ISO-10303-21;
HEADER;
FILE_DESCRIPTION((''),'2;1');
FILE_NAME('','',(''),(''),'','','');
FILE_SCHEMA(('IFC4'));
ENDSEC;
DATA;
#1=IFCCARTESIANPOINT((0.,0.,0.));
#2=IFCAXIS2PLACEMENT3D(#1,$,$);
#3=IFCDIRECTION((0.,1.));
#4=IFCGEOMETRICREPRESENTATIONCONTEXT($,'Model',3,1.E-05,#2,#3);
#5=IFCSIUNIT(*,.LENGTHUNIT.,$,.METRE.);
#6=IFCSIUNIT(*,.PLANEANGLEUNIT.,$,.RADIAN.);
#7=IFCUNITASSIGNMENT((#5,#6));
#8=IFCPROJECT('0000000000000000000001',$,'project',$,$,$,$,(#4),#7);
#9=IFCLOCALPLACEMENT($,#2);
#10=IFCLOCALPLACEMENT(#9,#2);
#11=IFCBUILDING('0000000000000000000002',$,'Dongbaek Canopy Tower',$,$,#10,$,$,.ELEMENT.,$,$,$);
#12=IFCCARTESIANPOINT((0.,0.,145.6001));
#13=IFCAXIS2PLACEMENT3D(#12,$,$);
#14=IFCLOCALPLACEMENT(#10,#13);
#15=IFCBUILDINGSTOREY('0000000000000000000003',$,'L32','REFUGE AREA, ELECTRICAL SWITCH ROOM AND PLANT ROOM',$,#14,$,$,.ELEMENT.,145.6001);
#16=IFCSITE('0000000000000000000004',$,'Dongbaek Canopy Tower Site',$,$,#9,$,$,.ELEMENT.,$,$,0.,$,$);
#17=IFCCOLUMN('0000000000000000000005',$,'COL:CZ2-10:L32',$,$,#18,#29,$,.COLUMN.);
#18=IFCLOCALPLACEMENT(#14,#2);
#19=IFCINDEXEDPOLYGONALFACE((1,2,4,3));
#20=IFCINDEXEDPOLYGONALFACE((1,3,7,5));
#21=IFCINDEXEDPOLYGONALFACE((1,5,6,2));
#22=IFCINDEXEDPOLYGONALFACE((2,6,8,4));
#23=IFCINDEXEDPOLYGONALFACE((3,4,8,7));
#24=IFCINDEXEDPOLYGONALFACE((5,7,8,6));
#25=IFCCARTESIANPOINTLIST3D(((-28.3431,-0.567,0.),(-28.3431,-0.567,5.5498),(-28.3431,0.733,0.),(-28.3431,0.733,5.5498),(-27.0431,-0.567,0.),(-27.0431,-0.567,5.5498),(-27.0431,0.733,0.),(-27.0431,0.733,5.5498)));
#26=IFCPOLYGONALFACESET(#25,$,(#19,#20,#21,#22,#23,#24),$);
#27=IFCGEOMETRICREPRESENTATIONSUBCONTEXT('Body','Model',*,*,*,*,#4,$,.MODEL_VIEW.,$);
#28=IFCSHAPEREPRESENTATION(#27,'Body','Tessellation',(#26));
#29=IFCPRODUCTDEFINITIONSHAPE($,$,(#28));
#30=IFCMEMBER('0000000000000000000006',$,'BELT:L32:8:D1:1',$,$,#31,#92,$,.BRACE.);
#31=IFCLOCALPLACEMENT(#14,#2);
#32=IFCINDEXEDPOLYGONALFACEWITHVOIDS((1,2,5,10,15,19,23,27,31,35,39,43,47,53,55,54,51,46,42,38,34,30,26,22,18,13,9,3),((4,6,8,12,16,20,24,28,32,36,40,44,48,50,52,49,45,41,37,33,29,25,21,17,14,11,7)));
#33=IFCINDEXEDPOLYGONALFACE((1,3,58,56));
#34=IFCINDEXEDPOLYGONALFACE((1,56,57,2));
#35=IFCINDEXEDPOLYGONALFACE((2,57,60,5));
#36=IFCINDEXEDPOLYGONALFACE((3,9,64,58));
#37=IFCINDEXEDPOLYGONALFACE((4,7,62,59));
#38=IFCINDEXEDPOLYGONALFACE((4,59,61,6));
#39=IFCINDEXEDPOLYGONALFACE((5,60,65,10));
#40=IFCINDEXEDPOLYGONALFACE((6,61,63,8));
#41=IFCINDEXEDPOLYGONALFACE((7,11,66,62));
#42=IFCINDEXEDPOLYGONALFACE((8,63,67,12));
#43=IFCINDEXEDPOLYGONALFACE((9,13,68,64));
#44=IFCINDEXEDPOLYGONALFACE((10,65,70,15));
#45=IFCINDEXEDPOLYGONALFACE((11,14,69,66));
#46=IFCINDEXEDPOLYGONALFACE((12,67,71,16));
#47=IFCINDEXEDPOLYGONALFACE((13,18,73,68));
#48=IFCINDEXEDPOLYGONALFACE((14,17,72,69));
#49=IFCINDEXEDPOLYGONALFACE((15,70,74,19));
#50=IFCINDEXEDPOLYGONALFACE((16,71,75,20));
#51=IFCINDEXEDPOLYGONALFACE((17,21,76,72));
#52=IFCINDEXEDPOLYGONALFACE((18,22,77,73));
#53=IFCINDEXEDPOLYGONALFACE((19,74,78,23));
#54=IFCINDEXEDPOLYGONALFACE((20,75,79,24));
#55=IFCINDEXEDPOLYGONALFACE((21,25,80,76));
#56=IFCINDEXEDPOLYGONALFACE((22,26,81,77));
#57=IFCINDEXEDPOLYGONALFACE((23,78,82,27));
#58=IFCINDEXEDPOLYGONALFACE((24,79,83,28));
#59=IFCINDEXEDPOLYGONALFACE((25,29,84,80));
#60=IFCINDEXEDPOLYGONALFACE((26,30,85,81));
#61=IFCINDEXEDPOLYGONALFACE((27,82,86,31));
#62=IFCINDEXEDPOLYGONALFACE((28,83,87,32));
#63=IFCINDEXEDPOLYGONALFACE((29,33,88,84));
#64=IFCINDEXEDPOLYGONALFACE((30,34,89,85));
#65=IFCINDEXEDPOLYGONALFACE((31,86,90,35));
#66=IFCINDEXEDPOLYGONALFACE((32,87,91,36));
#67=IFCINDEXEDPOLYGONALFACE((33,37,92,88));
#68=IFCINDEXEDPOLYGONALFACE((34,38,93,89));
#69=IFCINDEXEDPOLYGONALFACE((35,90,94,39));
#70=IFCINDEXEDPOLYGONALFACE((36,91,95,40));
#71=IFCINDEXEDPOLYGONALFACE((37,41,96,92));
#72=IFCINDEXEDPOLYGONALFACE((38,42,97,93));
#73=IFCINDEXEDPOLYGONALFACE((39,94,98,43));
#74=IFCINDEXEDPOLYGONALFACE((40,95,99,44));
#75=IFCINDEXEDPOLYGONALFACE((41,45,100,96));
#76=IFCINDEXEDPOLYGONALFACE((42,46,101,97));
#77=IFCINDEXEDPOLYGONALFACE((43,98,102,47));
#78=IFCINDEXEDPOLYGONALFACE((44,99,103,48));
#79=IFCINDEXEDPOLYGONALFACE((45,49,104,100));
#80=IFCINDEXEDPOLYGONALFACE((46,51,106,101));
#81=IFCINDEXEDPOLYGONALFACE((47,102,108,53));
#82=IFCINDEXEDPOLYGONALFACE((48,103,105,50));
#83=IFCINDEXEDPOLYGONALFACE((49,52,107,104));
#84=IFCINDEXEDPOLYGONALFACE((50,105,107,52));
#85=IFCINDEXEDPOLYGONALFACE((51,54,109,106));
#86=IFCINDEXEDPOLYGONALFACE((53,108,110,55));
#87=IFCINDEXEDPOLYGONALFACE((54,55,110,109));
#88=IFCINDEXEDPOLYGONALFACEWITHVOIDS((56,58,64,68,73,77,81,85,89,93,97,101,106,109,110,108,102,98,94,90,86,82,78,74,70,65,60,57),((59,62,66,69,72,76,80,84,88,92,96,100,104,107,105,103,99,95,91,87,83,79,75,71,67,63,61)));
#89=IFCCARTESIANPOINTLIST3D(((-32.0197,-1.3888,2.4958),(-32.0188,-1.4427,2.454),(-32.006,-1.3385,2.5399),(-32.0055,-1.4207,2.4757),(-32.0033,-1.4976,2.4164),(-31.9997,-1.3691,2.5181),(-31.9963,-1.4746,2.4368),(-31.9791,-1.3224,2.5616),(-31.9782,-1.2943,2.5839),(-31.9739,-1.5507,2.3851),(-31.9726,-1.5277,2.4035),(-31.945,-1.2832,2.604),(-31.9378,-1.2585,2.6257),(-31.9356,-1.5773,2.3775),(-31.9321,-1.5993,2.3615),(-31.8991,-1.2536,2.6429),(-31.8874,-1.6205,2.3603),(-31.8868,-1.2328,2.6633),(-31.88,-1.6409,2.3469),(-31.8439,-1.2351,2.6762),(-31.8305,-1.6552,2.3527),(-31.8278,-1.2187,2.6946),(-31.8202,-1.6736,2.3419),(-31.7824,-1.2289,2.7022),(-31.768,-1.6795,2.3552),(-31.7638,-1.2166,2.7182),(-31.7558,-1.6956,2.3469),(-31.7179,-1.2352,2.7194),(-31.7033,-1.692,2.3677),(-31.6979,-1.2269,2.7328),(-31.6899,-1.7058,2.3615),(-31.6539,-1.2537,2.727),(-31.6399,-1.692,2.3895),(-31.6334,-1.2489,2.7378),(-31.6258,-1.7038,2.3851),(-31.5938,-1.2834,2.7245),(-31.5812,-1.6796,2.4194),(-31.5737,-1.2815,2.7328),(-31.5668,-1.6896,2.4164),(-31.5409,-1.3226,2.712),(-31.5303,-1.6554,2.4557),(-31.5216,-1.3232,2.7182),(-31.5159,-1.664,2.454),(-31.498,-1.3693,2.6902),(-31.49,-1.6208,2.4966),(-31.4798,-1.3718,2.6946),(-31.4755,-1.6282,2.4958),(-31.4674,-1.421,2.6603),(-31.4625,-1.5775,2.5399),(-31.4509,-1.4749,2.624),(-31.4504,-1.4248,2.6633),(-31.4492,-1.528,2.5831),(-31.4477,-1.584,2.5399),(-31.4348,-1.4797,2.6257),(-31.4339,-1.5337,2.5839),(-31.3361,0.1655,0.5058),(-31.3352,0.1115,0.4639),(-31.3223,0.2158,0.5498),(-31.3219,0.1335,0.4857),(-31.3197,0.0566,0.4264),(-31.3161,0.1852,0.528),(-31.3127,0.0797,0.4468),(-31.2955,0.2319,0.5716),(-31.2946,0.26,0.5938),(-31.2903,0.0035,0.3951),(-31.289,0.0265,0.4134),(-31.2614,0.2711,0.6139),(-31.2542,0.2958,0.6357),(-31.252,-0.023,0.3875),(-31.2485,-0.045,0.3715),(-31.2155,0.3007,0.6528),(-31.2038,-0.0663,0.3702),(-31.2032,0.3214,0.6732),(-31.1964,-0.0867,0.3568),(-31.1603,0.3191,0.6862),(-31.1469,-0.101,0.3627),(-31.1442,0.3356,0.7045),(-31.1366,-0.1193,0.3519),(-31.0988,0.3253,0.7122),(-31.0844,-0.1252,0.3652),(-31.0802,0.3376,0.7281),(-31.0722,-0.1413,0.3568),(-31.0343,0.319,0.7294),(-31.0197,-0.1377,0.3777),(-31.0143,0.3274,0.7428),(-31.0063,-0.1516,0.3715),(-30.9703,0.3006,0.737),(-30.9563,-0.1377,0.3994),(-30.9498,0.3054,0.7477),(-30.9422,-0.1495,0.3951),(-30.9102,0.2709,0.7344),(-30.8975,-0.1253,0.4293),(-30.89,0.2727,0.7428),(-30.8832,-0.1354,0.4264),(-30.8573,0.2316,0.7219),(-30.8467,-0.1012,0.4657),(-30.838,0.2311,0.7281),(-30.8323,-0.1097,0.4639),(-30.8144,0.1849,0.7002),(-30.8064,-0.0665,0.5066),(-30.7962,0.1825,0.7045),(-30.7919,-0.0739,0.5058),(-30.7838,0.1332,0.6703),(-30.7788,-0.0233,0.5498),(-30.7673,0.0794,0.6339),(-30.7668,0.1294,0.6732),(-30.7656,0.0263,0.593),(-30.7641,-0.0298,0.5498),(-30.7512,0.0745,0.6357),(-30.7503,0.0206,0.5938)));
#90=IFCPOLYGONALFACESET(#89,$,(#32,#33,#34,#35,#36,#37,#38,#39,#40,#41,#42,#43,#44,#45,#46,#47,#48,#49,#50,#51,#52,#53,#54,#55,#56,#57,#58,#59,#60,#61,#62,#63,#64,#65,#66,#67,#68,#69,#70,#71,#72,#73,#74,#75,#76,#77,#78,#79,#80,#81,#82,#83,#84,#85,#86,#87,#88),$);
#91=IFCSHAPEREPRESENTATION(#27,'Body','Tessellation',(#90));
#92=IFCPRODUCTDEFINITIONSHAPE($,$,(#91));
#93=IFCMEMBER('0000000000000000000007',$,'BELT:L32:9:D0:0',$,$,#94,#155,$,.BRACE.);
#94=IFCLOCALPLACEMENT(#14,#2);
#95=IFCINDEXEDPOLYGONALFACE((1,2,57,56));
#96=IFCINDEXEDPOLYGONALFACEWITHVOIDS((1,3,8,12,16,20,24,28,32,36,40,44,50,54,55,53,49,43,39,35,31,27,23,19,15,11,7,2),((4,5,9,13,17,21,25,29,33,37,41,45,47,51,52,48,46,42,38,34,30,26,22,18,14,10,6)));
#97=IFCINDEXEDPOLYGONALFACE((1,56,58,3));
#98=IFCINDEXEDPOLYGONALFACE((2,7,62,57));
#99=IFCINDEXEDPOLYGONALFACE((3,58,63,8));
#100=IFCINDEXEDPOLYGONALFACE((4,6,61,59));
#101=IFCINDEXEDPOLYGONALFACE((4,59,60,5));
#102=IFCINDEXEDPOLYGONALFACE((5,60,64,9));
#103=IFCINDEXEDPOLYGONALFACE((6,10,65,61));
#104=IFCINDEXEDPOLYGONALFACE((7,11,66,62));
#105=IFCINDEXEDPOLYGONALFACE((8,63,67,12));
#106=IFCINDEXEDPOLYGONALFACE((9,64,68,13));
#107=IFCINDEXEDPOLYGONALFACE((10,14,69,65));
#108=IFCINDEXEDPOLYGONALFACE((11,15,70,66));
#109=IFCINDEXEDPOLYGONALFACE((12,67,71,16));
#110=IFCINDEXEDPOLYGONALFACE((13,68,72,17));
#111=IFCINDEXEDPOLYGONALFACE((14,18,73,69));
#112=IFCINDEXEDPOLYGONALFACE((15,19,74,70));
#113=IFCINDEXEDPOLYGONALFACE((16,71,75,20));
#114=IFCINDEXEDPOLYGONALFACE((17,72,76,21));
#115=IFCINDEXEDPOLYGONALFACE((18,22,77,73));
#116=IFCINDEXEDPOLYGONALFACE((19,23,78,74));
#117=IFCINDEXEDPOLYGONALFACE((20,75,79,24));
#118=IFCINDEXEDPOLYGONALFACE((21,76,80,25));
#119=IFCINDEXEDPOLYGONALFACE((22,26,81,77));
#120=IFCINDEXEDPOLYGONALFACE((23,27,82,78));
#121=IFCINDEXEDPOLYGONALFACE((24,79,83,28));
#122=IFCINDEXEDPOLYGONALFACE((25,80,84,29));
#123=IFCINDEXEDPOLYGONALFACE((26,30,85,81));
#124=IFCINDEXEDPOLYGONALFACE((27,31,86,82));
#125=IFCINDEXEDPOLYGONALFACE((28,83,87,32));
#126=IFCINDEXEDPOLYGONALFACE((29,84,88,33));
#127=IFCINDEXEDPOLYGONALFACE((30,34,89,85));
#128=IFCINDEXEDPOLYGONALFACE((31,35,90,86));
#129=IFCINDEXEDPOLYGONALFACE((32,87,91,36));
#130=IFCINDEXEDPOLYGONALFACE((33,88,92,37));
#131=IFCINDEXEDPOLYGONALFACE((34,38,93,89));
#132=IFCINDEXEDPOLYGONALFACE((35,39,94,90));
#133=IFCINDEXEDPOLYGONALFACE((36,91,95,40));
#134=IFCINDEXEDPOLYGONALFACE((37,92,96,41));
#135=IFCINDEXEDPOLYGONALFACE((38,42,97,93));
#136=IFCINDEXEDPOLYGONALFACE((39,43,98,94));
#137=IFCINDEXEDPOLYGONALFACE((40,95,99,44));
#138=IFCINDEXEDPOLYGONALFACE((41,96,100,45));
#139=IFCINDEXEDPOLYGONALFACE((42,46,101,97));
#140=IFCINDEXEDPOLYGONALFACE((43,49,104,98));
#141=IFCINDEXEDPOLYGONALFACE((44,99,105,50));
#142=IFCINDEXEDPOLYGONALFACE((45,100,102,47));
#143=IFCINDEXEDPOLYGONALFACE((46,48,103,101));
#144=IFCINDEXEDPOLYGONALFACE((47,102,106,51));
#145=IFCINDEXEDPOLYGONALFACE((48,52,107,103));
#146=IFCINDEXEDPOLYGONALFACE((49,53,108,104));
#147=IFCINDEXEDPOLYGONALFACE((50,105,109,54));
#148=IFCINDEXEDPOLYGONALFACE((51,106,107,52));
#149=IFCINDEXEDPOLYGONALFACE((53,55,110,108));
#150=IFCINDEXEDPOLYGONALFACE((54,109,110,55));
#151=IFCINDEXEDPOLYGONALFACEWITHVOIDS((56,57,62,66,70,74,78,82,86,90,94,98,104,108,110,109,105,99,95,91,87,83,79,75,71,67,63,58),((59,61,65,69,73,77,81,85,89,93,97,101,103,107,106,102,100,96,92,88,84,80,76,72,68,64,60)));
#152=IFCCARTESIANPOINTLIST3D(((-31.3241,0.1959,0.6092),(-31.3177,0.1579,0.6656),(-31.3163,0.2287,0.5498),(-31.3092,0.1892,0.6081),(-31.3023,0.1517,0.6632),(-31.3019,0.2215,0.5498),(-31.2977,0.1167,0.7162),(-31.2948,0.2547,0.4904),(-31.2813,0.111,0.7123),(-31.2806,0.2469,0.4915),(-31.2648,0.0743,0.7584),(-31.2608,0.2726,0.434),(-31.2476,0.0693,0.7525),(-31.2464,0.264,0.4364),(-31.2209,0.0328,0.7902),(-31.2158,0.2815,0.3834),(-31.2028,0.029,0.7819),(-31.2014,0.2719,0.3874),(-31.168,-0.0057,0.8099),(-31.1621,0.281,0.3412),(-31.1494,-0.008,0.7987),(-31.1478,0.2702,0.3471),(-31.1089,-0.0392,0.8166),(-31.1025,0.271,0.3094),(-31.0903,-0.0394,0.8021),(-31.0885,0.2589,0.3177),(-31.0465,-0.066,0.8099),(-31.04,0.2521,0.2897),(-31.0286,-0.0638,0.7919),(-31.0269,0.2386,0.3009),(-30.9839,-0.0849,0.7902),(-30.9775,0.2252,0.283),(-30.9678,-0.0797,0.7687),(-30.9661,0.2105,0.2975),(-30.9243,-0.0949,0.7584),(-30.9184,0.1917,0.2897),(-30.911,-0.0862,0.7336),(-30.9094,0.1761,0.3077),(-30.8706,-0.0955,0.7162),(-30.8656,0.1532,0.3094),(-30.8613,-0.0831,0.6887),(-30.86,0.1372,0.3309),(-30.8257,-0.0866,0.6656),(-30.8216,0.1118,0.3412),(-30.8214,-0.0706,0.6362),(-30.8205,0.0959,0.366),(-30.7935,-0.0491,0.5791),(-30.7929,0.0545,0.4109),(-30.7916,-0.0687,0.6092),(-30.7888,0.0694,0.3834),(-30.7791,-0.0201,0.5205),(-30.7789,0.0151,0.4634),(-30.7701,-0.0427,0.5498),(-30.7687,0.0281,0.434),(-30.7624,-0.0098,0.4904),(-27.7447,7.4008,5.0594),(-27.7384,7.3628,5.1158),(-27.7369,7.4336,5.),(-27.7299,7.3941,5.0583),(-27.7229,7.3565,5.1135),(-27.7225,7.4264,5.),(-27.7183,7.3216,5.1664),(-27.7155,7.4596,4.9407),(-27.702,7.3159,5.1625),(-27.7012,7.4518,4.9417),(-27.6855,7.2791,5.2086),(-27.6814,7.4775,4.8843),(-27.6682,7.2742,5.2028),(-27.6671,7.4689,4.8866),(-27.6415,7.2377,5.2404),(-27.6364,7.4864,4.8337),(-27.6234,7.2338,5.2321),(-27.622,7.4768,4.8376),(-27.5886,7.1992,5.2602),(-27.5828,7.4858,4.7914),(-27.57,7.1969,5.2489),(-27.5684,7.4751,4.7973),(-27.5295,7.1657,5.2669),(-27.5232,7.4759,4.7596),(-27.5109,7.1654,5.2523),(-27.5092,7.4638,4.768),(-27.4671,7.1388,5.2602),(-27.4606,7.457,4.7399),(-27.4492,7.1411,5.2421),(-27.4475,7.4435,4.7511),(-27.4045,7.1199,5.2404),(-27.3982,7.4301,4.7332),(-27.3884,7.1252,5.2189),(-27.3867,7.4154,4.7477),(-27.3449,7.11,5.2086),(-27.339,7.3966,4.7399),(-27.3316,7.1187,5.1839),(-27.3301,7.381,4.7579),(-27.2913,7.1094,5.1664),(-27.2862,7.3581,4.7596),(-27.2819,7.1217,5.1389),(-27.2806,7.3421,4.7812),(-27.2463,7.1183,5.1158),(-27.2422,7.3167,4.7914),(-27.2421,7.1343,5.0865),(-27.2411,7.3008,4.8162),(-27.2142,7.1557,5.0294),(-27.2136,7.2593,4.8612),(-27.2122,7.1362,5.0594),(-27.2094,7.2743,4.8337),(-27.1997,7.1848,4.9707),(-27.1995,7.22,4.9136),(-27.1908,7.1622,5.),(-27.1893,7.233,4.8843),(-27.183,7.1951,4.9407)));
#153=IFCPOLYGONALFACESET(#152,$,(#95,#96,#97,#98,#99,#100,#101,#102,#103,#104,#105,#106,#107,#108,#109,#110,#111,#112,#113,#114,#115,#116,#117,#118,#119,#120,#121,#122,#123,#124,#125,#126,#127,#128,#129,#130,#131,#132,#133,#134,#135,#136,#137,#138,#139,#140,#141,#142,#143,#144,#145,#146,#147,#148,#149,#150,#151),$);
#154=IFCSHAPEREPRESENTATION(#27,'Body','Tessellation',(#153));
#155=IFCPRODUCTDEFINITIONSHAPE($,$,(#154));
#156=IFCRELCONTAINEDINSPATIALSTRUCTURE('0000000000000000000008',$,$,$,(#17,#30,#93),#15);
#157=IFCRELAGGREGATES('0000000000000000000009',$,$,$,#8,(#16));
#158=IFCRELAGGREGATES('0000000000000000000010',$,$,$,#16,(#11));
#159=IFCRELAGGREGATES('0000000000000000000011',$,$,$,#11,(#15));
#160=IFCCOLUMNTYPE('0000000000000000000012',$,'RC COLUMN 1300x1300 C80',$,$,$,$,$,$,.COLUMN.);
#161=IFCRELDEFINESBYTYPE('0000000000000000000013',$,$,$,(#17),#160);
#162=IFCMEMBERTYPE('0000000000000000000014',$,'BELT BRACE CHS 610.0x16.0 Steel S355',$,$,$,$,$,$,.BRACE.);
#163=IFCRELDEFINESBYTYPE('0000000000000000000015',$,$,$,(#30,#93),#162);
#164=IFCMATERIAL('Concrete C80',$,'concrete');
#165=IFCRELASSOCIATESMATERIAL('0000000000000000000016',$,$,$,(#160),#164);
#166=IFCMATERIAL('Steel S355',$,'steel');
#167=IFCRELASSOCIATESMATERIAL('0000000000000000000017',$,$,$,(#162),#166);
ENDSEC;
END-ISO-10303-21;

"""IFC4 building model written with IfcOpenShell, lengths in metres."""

from ifc_helpers import new_model, si_unit, direction, frame, origin, origin_2d, place, context, subcontext, project, spatial, rectangle, hollow_circle, extrude, material, material_profile, profile_set, type_object, element, save


model = new_model("IFC4")

# Units and contexts
model_context = context("Model", 3, precision=1e-05, world=origin(), true_north=direction((0.0, 1.0)))
body_context = subcontext(model_context, "Body", "Model", "MODEL_VIEW")
ifc_project = project(units=[si_unit("LENGTHUNIT", "METRE"), si_unit("PLANEANGLEUNIT", "RADIAN")], contexts=[model_context])

# Site, building, storey
site_placement = place(None, origin())
site = spatial("IfcSite", under=ifc_project, at=site_placement, Name="Dongbaek Canopy Tower Site", CompositionType="ELEMENT", RefElevation=0.0)
building_placement = place(site_placement, origin())
building = spatial("IfcBuilding", under=site, at=building_placement, Name="Dongbaek Canopy Tower", CompositionType="ELEMENT")
storey_placement = place(building_placement, frame((0.0, 0.0, 145.6001)))
storey = spatial("IfcBuildingStorey", under=building, at=storey_placement, Name="L32", Description="REFUGE AREA, ELECTRICAL SWITCH ROOM AND PLANT ROOM", CompositionType="ELEMENT", Elevation=145.6001)

# Column
ifc_material_1 = material(Name="Concrete C80", Category="concrete")
ifc_material_profile_1 = material_profile(ifc_material_1, rectangle(XDim=1.3, YDim=1.3, at=origin_2d()), Name="RC COLUMN 1300x1300 C80")
ifc_profile_set_1 = profile_set([ifc_material_profile_1], Name="Concrete C80")
column_type = type_object("IfcColumnType", Name="RC COLUMN 1300x1300 C80", PredefinedType="COLUMN", material=ifc_profile_set_1)
column_placement = place(storey_placement, frame((-27.6931, 0.083, 0.0), z_axis=(0.0, 0.0, 1.0), x_axis=(1.0, 0.0, 0.0)))
element("IfcColumn", 1, at=column_placement, inside=storey, type_object=column_type, Name="COL:CZ2-10:L32", PredefinedType="COLUMN", context=body_context, shape_type="SweptSolid", body=[
    extrude(rectangle(XDim=1.3, YDim=1.3, at=origin_2d()), origin(), (0.0, 0.0, 1.0), 5.5498),
])

# Members
ifc_material_2 = material(Name="Steel S355", Category="steel")
ifc_material_profile_2 = material_profile(ifc_material_2, hollow_circle(Radius=0.3049, WallThickness=0.0161, at=origin_2d()), Name="BELT BRACE CHS 610.0x16.0 Steel S355")
ifc_profile_set_2 = profile_set([ifc_material_profile_2], Name="Steel S355")
member_type_1 = type_object("IfcMemberType", Name="BELT BRACE CHS 610.0x16.0 Steel S355", PredefinedType="BRACE", material=ifc_profile_set_2)
member_1_placement = place(storey_placement, frame((-31.0432, 0.093, 0.5498), z_axis=(-0.261323, -0.594137, 0.760731), x_axis=(0.91537, -0.402613, 0.0)))
element("IfcMember", 2, at=member_1_placement, inside=storey, type_object=member_type_1, Name="BELT:L32:8:D1:1", PredefinedType="BRACE", context=body_context, shape_type="SweptSolid", body=[
    extrude(hollow_circle(Radius=0.3049, WallThickness=0.0161, at=origin_2d()), origin(), (0.0, 0.0, 1.0), 2.616),
])
member_2_placement = place(storey_placement, frame((-31.0432, 0.093, 0.5498), z_axis=(0.389323, 0.783664, 0.484044), x_axis=(-0.895571, 0.444918, 0.0)))
element("IfcMember", 3, at=member_2_placement, inside=storey, type_object=member_type_1, Name="BELT:L32:9:D0:0", PredefinedType="BRACE", context=body_context, shape_type="SweptSolid", body=[
    extrude(hollow_circle(Radius=0.3049, WallThickness=0.0161, at=origin_2d()), origin(), (0.0, 0.0, 1.0), 9.1938),
])

save(model, "model.ifc")
